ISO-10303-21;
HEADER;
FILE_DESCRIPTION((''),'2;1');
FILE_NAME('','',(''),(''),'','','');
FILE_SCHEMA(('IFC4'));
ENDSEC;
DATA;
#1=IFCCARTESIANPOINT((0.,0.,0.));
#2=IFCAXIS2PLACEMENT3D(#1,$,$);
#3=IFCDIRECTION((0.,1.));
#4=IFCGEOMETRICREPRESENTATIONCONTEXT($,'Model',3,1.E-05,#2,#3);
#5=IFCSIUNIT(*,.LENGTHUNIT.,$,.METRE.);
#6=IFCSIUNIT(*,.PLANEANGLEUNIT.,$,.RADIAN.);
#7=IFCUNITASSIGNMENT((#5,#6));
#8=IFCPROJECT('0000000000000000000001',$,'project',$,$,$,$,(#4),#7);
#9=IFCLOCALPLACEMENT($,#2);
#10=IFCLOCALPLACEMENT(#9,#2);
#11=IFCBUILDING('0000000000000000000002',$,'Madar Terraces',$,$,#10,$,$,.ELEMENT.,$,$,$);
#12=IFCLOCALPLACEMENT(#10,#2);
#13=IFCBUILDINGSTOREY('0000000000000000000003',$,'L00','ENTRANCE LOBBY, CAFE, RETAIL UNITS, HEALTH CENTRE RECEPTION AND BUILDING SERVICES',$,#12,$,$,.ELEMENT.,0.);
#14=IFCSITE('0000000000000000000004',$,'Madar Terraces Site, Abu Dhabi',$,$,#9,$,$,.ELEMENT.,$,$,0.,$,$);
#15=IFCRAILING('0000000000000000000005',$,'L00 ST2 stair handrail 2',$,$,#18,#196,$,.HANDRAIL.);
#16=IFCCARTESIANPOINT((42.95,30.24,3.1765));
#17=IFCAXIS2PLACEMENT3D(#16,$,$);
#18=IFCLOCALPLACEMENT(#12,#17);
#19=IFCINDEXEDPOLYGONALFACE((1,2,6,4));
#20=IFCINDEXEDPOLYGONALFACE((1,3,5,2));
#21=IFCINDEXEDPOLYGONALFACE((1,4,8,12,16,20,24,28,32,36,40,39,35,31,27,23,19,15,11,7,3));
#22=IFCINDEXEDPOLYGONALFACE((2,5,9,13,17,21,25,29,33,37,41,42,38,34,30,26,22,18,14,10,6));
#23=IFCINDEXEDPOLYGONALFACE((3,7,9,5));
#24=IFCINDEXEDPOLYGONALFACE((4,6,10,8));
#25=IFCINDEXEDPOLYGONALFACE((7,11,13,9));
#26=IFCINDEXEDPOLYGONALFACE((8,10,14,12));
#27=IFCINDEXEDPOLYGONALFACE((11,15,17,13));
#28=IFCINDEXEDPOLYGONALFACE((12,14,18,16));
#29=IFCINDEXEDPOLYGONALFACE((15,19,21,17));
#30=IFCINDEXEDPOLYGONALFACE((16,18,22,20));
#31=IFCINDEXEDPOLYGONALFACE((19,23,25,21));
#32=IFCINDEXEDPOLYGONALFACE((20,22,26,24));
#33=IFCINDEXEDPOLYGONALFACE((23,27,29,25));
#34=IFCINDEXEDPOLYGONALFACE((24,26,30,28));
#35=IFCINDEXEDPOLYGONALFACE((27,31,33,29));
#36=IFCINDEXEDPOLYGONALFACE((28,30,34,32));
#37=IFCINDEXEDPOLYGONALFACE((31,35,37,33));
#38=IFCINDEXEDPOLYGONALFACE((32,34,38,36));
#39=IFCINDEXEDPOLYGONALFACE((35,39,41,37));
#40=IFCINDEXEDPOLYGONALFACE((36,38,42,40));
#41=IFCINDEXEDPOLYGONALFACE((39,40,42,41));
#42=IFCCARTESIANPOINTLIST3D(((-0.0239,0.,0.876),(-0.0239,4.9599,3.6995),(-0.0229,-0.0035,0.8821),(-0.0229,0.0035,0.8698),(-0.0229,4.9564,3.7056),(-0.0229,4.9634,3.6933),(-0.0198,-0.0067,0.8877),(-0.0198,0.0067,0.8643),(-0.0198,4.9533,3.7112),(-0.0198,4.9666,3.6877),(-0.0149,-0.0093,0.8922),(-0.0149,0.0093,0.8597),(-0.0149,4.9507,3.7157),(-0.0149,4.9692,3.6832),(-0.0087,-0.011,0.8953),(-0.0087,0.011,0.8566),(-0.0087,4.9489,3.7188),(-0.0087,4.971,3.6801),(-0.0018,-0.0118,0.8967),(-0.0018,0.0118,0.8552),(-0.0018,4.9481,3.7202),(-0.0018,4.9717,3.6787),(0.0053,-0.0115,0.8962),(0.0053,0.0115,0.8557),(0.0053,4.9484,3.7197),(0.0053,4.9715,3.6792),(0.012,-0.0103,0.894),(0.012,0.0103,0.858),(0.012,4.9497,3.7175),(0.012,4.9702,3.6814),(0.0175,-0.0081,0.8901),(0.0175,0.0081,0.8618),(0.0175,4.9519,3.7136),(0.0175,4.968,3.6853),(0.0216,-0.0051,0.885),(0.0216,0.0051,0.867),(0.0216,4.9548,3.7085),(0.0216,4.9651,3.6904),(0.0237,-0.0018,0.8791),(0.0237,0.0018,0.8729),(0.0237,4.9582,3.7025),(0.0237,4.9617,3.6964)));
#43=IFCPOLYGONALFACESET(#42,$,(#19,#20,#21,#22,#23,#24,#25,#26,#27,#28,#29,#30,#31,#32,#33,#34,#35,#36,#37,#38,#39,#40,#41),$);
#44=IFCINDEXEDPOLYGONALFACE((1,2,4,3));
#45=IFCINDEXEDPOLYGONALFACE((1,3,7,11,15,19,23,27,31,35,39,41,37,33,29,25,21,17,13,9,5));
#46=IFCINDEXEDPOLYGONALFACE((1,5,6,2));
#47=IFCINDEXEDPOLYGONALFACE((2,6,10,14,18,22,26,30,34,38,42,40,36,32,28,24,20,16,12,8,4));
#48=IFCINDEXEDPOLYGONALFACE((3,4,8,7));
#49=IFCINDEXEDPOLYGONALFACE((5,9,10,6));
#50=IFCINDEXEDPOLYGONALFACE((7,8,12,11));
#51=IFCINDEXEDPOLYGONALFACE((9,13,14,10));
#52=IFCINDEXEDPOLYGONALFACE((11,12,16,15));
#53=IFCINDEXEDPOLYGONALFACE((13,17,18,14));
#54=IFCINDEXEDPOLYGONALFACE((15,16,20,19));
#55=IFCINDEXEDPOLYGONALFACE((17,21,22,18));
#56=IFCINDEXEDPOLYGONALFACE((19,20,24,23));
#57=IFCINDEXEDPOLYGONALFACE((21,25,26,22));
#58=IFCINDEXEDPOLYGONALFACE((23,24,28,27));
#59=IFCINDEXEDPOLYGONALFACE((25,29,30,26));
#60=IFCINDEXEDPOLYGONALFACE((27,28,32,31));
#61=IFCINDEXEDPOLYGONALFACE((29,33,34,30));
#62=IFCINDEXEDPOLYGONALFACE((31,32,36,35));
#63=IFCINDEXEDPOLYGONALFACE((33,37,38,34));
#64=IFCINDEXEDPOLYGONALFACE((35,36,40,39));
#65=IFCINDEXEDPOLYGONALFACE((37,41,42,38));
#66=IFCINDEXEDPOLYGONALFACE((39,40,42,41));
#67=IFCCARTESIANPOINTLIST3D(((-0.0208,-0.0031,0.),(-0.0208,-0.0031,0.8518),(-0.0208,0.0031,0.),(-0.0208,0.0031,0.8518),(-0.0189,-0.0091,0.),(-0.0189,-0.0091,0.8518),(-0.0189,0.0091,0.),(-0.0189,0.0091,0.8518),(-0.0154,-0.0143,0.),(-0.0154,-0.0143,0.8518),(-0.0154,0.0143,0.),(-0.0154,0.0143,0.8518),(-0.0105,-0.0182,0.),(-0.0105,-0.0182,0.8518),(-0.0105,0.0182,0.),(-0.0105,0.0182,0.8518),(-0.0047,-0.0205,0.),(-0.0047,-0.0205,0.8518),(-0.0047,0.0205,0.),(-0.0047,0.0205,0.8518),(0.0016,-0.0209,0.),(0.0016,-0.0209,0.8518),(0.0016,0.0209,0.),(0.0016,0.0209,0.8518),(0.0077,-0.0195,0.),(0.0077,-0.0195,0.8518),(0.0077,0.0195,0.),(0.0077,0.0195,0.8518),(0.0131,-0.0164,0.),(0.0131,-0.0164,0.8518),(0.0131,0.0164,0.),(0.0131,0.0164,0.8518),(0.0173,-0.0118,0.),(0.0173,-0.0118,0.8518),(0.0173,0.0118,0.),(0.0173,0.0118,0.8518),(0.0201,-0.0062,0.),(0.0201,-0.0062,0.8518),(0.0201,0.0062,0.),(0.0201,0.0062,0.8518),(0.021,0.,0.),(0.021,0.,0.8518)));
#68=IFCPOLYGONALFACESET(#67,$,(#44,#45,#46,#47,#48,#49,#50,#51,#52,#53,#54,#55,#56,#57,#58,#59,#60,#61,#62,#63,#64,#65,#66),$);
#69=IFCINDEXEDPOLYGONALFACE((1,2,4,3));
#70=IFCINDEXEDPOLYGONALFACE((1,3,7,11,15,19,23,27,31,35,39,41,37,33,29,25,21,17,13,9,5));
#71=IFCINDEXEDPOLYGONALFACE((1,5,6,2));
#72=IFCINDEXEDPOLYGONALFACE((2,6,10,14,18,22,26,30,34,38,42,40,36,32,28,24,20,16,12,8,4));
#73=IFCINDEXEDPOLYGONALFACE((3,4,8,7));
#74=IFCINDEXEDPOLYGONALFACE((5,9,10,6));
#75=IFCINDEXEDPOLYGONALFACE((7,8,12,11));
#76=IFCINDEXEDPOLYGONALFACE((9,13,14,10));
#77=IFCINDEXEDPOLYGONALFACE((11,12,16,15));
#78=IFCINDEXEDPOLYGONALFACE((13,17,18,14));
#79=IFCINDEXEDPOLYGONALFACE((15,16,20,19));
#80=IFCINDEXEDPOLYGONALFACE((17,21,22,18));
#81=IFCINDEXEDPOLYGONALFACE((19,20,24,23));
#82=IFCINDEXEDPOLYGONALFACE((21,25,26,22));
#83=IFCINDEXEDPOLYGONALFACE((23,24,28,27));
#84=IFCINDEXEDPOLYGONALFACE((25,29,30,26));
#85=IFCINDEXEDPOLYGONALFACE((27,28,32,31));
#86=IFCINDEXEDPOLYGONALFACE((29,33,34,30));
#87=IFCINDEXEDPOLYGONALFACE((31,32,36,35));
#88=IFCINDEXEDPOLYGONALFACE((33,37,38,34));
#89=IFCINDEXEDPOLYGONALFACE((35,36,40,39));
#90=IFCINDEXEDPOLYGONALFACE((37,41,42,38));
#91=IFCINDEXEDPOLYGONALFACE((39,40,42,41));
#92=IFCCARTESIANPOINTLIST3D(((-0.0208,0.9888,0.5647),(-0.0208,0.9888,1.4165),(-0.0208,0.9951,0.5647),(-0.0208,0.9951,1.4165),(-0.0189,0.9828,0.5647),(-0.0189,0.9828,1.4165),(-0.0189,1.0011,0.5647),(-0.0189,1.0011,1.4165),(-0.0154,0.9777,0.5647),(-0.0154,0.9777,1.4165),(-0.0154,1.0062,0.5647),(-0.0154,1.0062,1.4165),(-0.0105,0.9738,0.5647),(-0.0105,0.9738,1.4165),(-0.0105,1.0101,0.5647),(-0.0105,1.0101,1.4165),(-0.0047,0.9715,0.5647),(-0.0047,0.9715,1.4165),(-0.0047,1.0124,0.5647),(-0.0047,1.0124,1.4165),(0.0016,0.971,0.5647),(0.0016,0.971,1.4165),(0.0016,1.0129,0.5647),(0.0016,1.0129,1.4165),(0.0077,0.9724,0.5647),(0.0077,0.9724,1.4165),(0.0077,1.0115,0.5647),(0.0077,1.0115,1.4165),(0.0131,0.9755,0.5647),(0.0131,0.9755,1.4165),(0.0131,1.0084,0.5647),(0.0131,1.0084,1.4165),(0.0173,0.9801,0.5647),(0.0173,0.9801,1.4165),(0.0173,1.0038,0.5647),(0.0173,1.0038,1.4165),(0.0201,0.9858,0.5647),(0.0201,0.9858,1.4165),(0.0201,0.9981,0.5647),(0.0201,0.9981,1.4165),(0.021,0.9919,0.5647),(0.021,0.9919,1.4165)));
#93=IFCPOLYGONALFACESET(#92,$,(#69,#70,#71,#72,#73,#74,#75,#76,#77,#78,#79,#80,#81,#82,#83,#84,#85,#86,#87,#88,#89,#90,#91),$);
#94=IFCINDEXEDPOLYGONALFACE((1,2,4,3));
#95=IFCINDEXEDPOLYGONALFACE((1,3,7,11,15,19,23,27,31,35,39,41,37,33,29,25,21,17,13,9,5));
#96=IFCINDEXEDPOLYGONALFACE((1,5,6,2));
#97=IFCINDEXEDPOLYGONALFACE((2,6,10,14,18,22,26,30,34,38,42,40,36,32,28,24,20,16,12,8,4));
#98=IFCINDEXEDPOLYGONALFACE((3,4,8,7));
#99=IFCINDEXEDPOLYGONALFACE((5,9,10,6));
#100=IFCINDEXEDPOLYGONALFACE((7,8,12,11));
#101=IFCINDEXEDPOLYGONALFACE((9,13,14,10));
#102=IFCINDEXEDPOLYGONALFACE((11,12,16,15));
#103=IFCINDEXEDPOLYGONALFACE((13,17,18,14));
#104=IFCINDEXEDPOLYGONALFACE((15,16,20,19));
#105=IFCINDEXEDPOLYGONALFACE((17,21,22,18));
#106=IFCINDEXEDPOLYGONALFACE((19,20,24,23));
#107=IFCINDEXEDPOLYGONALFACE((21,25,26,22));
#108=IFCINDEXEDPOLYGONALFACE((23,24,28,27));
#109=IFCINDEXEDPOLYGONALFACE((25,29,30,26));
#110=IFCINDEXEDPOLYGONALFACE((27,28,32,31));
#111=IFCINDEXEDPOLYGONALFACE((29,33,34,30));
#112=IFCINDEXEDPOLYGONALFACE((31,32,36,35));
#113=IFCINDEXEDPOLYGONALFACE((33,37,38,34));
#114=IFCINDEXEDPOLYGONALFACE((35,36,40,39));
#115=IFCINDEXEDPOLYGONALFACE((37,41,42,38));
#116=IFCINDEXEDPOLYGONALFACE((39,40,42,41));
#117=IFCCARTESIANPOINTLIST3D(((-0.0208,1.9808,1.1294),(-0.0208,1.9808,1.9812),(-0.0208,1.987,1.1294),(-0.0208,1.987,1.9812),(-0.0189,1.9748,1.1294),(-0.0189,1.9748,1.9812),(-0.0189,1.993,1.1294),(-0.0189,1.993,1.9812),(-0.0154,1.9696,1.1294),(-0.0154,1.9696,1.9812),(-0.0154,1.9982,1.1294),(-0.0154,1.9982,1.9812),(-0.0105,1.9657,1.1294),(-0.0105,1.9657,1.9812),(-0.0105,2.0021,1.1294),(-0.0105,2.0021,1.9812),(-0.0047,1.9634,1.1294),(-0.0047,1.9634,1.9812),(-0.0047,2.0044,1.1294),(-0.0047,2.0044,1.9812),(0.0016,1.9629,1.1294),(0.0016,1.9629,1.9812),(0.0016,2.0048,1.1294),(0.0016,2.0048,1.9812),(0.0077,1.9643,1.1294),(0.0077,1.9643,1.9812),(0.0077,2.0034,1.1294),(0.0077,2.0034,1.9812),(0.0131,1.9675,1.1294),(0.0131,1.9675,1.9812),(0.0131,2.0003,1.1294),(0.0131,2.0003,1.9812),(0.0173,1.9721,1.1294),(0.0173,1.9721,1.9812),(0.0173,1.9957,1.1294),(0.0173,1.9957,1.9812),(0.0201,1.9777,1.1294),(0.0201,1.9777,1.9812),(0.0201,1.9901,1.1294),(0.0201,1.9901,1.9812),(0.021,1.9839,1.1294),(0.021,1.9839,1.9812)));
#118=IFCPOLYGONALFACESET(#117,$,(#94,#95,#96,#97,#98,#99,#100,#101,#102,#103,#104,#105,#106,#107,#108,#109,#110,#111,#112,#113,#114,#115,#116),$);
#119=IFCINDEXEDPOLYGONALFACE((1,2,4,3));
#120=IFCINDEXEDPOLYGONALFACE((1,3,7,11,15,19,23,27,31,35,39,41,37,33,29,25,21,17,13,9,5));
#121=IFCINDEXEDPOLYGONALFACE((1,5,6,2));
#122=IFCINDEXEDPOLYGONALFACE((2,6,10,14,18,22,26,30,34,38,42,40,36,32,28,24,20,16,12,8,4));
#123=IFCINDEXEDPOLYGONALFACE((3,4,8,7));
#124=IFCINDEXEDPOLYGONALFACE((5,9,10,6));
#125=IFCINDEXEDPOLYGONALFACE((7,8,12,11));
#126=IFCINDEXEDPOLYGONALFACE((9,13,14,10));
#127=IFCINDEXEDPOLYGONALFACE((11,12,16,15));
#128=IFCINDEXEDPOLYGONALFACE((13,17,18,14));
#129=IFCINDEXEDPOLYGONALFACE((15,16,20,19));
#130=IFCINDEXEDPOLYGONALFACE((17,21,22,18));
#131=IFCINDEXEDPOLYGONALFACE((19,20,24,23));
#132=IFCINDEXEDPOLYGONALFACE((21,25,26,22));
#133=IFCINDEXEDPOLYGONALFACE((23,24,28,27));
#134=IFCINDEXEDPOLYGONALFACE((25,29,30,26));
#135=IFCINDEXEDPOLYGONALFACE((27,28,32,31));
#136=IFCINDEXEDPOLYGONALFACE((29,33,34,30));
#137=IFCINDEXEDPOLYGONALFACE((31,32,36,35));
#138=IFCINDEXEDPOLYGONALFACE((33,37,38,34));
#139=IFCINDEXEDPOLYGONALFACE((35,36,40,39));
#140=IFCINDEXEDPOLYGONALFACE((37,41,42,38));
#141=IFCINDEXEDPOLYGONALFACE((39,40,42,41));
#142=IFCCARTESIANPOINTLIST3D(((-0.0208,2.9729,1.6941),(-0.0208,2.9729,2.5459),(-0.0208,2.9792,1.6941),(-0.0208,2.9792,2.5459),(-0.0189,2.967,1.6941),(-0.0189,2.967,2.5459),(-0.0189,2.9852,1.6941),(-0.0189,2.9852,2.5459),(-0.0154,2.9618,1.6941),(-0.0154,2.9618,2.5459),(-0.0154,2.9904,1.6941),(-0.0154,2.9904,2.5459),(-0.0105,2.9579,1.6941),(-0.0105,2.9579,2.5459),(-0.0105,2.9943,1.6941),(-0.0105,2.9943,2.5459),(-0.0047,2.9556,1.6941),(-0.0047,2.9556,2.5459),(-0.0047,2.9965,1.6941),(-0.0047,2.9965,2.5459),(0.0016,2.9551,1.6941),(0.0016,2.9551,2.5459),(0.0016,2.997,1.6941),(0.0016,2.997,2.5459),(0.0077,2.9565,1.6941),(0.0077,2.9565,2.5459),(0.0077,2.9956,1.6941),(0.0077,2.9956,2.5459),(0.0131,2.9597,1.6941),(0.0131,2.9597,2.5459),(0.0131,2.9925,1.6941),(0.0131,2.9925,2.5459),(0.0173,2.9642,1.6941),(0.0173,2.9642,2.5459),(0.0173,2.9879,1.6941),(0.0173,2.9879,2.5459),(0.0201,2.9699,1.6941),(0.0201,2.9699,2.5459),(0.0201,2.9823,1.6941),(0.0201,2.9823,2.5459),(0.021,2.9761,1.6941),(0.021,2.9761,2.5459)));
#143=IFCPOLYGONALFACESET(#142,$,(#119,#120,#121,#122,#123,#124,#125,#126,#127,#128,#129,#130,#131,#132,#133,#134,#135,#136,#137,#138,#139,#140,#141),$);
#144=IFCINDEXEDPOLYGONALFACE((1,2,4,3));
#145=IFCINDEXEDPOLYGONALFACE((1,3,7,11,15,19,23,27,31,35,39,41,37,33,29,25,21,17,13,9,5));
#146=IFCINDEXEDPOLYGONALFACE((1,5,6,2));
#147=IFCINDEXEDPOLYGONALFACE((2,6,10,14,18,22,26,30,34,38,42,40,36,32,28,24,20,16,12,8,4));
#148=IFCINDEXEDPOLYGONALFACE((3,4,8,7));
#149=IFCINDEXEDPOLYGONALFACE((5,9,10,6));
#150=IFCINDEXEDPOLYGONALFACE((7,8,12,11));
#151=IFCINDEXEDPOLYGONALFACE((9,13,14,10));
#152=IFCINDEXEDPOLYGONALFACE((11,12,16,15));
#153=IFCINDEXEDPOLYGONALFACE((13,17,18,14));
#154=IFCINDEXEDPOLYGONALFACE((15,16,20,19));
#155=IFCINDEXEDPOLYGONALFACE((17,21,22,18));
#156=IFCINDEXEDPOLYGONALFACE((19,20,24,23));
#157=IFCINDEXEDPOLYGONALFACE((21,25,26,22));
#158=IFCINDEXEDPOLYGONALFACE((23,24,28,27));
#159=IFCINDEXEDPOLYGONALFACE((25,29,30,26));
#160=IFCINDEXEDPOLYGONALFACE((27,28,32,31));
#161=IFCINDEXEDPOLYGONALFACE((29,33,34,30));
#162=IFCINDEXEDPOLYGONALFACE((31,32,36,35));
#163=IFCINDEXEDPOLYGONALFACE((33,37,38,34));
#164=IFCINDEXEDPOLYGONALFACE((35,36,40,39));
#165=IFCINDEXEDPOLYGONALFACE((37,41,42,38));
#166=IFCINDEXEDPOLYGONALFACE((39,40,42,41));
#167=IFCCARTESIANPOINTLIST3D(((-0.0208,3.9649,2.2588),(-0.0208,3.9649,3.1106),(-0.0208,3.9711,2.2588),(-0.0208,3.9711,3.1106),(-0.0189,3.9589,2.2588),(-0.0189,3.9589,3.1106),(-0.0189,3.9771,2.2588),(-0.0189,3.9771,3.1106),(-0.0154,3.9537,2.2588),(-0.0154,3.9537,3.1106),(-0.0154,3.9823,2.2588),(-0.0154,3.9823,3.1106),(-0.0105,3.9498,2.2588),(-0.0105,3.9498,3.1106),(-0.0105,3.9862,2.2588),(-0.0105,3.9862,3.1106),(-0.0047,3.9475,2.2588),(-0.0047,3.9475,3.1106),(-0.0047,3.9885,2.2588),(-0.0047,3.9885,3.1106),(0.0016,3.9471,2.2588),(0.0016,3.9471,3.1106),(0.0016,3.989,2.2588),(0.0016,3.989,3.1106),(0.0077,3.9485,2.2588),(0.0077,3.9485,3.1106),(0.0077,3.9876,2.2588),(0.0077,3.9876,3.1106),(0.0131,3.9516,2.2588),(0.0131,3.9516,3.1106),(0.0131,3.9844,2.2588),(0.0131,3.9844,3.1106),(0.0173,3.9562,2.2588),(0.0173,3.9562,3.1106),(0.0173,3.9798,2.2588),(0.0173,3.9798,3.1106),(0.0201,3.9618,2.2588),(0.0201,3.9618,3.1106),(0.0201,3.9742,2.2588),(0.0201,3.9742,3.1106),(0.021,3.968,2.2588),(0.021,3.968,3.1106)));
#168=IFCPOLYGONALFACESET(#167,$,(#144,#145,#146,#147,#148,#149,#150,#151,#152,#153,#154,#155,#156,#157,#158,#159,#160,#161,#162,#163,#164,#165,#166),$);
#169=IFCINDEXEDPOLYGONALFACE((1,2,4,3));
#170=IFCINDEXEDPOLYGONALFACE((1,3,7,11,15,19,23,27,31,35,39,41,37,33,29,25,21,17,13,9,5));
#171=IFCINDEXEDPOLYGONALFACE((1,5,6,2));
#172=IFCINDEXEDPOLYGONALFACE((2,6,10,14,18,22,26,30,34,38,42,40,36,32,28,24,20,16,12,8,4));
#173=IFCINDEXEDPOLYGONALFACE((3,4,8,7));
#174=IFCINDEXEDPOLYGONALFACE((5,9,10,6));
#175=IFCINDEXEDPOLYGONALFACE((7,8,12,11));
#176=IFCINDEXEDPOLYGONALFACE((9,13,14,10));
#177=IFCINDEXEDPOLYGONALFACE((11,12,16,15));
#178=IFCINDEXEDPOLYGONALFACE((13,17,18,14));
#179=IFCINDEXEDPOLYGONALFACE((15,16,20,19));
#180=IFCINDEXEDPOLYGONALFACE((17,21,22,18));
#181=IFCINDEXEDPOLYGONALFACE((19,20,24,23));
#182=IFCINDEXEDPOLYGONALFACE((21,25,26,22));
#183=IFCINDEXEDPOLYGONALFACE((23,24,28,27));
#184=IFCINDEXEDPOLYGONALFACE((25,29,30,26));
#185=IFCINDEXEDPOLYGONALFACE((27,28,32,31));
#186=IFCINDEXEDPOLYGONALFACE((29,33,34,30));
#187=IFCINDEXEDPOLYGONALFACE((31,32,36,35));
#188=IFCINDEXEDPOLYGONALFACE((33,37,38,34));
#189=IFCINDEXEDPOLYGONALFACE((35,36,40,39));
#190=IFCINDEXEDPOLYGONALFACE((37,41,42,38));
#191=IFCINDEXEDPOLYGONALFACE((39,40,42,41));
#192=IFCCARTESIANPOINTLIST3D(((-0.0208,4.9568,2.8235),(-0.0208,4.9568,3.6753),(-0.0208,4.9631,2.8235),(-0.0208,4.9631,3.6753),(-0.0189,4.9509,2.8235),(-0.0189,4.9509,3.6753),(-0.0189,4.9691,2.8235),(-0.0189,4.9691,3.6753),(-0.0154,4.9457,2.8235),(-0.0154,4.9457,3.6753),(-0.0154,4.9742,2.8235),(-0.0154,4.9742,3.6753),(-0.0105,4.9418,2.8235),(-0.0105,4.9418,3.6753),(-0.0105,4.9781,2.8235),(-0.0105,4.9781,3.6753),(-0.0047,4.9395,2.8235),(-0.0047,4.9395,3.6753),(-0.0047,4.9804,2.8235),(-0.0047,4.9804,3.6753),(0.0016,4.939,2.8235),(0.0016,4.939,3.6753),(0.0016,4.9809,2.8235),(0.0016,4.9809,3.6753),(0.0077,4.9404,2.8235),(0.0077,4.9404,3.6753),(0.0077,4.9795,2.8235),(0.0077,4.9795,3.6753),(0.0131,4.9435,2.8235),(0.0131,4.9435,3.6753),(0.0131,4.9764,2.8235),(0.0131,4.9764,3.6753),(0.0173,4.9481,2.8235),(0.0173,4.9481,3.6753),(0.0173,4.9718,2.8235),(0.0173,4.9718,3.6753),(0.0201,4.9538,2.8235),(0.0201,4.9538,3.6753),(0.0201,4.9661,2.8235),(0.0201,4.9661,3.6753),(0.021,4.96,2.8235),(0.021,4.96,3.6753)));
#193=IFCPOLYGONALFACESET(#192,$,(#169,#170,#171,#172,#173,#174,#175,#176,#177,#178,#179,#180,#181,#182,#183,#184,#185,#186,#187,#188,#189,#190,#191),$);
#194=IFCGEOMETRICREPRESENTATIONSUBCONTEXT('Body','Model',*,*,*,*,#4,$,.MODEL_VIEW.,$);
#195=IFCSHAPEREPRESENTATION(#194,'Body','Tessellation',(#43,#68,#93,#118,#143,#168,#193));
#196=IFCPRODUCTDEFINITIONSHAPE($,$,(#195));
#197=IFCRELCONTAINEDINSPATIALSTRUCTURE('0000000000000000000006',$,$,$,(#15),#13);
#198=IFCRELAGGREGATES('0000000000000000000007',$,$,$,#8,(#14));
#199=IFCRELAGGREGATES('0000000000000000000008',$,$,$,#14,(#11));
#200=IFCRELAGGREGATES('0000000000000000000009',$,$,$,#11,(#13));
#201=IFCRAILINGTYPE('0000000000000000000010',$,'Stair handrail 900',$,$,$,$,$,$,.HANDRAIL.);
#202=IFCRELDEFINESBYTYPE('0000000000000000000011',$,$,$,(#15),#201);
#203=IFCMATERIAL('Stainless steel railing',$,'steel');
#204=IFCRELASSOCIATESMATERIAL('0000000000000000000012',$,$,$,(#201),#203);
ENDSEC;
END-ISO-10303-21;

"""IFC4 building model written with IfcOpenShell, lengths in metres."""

from ifc_helpers import new_model, si_unit, direction, frame, origin, origin_2d, place, context, subcontext, project, spatial, circle, extrude, material, type_object, element, save


model = new_model("IFC4")

# Units and contexts
model_context = context("Model", 3, precision=1e-05, world=origin(), true_north=direction((0.0, 1.0)))
body_context = subcontext(model_context, "Body", "Model", "MODEL_VIEW")
ifc_project = project(units=[si_unit("LENGTHUNIT", "METRE"), si_unit("PLANEANGLEUNIT", "RADIAN")], contexts=[model_context])

# Site, building, storey
site_placement = place(None, origin())
site = spatial("IfcSite", under=ifc_project, at=site_placement, Name="Madar Terraces Site, Abu Dhabi", CompositionType="ELEMENT", RefElevation=0.0)
building_placement = place(site_placement, origin())
building = spatial("IfcBuilding", under=site, at=building_placement, Name="Madar Terraces", CompositionType="ELEMENT")
storey_placement = place(building_placement, origin())
storey = spatial("IfcBuildingStorey", under=building, at=storey_placement, Name="L00", Description="ENTRANCE LOBBY, CAFE, RETAIL UNITS, HEALTH CENTRE RECEPTION AND BUILDING SERVICES", CompositionType="ELEMENT", Elevation=0.0)

# Railing
ifc_material_1 = material(Name="Stainless steel railing", Category="steel")
railing_type = type_object("IfcRailingType", Name="Stair handrail 900", PredefinedType="HANDRAIL", material=ifc_material_1)
railing_placement = place(storey_placement, frame((42.95, 30.24, 3.1765)))
element("IfcRailing", 1, at=railing_placement, inside=storey, type_object=railing_type, Name="L00 ST2 stair handrail 2", PredefinedType="HANDRAIL", context=body_context, shape_type="SweptSolid", body=[
    extrude(circle(Radius=0.0239, at=origin_2d()), frame((0.0, 0.0, 0.876), z_axis=(0.0, 0.869055, 0.494715), x_axis=(-1.0, 0.0, 0.0)), (0.0, 0.0, 1.0), 5.7073),
    extrude(circle(Radius=0.021, at=origin_2d()), origin(), (0.0, 0.0, 1.0), 0.8518),
    extrude(circle(Radius=0.021, at=origin_2d()), frame((0.0, 0.9919, 0.5647)), (0.0, 0.0, 1.0), 0.8518),
    extrude(circle(Radius=0.021, at=origin_2d()), frame((0.0, 1.9839, 1.1294)), (0.0, 0.0, 1.0), 0.8518),
    extrude(circle(Radius=0.021, at=origin_2d()), frame((0.0, 2.9761, 1.6941)), (0.0, 0.0, 1.0), 0.8518),
    extrude(circle(Radius=0.021, at=origin_2d()), frame((0.0, 3.968, 2.2588)), (0.0, 0.0, 1.0), 0.8518),
    extrude(circle(Radius=0.021, at=origin_2d()), frame((0.0, 4.96, 2.8235)), (0.0, 0.0, 1.0), 0.8518),
])

save(model, "model.ifc")
